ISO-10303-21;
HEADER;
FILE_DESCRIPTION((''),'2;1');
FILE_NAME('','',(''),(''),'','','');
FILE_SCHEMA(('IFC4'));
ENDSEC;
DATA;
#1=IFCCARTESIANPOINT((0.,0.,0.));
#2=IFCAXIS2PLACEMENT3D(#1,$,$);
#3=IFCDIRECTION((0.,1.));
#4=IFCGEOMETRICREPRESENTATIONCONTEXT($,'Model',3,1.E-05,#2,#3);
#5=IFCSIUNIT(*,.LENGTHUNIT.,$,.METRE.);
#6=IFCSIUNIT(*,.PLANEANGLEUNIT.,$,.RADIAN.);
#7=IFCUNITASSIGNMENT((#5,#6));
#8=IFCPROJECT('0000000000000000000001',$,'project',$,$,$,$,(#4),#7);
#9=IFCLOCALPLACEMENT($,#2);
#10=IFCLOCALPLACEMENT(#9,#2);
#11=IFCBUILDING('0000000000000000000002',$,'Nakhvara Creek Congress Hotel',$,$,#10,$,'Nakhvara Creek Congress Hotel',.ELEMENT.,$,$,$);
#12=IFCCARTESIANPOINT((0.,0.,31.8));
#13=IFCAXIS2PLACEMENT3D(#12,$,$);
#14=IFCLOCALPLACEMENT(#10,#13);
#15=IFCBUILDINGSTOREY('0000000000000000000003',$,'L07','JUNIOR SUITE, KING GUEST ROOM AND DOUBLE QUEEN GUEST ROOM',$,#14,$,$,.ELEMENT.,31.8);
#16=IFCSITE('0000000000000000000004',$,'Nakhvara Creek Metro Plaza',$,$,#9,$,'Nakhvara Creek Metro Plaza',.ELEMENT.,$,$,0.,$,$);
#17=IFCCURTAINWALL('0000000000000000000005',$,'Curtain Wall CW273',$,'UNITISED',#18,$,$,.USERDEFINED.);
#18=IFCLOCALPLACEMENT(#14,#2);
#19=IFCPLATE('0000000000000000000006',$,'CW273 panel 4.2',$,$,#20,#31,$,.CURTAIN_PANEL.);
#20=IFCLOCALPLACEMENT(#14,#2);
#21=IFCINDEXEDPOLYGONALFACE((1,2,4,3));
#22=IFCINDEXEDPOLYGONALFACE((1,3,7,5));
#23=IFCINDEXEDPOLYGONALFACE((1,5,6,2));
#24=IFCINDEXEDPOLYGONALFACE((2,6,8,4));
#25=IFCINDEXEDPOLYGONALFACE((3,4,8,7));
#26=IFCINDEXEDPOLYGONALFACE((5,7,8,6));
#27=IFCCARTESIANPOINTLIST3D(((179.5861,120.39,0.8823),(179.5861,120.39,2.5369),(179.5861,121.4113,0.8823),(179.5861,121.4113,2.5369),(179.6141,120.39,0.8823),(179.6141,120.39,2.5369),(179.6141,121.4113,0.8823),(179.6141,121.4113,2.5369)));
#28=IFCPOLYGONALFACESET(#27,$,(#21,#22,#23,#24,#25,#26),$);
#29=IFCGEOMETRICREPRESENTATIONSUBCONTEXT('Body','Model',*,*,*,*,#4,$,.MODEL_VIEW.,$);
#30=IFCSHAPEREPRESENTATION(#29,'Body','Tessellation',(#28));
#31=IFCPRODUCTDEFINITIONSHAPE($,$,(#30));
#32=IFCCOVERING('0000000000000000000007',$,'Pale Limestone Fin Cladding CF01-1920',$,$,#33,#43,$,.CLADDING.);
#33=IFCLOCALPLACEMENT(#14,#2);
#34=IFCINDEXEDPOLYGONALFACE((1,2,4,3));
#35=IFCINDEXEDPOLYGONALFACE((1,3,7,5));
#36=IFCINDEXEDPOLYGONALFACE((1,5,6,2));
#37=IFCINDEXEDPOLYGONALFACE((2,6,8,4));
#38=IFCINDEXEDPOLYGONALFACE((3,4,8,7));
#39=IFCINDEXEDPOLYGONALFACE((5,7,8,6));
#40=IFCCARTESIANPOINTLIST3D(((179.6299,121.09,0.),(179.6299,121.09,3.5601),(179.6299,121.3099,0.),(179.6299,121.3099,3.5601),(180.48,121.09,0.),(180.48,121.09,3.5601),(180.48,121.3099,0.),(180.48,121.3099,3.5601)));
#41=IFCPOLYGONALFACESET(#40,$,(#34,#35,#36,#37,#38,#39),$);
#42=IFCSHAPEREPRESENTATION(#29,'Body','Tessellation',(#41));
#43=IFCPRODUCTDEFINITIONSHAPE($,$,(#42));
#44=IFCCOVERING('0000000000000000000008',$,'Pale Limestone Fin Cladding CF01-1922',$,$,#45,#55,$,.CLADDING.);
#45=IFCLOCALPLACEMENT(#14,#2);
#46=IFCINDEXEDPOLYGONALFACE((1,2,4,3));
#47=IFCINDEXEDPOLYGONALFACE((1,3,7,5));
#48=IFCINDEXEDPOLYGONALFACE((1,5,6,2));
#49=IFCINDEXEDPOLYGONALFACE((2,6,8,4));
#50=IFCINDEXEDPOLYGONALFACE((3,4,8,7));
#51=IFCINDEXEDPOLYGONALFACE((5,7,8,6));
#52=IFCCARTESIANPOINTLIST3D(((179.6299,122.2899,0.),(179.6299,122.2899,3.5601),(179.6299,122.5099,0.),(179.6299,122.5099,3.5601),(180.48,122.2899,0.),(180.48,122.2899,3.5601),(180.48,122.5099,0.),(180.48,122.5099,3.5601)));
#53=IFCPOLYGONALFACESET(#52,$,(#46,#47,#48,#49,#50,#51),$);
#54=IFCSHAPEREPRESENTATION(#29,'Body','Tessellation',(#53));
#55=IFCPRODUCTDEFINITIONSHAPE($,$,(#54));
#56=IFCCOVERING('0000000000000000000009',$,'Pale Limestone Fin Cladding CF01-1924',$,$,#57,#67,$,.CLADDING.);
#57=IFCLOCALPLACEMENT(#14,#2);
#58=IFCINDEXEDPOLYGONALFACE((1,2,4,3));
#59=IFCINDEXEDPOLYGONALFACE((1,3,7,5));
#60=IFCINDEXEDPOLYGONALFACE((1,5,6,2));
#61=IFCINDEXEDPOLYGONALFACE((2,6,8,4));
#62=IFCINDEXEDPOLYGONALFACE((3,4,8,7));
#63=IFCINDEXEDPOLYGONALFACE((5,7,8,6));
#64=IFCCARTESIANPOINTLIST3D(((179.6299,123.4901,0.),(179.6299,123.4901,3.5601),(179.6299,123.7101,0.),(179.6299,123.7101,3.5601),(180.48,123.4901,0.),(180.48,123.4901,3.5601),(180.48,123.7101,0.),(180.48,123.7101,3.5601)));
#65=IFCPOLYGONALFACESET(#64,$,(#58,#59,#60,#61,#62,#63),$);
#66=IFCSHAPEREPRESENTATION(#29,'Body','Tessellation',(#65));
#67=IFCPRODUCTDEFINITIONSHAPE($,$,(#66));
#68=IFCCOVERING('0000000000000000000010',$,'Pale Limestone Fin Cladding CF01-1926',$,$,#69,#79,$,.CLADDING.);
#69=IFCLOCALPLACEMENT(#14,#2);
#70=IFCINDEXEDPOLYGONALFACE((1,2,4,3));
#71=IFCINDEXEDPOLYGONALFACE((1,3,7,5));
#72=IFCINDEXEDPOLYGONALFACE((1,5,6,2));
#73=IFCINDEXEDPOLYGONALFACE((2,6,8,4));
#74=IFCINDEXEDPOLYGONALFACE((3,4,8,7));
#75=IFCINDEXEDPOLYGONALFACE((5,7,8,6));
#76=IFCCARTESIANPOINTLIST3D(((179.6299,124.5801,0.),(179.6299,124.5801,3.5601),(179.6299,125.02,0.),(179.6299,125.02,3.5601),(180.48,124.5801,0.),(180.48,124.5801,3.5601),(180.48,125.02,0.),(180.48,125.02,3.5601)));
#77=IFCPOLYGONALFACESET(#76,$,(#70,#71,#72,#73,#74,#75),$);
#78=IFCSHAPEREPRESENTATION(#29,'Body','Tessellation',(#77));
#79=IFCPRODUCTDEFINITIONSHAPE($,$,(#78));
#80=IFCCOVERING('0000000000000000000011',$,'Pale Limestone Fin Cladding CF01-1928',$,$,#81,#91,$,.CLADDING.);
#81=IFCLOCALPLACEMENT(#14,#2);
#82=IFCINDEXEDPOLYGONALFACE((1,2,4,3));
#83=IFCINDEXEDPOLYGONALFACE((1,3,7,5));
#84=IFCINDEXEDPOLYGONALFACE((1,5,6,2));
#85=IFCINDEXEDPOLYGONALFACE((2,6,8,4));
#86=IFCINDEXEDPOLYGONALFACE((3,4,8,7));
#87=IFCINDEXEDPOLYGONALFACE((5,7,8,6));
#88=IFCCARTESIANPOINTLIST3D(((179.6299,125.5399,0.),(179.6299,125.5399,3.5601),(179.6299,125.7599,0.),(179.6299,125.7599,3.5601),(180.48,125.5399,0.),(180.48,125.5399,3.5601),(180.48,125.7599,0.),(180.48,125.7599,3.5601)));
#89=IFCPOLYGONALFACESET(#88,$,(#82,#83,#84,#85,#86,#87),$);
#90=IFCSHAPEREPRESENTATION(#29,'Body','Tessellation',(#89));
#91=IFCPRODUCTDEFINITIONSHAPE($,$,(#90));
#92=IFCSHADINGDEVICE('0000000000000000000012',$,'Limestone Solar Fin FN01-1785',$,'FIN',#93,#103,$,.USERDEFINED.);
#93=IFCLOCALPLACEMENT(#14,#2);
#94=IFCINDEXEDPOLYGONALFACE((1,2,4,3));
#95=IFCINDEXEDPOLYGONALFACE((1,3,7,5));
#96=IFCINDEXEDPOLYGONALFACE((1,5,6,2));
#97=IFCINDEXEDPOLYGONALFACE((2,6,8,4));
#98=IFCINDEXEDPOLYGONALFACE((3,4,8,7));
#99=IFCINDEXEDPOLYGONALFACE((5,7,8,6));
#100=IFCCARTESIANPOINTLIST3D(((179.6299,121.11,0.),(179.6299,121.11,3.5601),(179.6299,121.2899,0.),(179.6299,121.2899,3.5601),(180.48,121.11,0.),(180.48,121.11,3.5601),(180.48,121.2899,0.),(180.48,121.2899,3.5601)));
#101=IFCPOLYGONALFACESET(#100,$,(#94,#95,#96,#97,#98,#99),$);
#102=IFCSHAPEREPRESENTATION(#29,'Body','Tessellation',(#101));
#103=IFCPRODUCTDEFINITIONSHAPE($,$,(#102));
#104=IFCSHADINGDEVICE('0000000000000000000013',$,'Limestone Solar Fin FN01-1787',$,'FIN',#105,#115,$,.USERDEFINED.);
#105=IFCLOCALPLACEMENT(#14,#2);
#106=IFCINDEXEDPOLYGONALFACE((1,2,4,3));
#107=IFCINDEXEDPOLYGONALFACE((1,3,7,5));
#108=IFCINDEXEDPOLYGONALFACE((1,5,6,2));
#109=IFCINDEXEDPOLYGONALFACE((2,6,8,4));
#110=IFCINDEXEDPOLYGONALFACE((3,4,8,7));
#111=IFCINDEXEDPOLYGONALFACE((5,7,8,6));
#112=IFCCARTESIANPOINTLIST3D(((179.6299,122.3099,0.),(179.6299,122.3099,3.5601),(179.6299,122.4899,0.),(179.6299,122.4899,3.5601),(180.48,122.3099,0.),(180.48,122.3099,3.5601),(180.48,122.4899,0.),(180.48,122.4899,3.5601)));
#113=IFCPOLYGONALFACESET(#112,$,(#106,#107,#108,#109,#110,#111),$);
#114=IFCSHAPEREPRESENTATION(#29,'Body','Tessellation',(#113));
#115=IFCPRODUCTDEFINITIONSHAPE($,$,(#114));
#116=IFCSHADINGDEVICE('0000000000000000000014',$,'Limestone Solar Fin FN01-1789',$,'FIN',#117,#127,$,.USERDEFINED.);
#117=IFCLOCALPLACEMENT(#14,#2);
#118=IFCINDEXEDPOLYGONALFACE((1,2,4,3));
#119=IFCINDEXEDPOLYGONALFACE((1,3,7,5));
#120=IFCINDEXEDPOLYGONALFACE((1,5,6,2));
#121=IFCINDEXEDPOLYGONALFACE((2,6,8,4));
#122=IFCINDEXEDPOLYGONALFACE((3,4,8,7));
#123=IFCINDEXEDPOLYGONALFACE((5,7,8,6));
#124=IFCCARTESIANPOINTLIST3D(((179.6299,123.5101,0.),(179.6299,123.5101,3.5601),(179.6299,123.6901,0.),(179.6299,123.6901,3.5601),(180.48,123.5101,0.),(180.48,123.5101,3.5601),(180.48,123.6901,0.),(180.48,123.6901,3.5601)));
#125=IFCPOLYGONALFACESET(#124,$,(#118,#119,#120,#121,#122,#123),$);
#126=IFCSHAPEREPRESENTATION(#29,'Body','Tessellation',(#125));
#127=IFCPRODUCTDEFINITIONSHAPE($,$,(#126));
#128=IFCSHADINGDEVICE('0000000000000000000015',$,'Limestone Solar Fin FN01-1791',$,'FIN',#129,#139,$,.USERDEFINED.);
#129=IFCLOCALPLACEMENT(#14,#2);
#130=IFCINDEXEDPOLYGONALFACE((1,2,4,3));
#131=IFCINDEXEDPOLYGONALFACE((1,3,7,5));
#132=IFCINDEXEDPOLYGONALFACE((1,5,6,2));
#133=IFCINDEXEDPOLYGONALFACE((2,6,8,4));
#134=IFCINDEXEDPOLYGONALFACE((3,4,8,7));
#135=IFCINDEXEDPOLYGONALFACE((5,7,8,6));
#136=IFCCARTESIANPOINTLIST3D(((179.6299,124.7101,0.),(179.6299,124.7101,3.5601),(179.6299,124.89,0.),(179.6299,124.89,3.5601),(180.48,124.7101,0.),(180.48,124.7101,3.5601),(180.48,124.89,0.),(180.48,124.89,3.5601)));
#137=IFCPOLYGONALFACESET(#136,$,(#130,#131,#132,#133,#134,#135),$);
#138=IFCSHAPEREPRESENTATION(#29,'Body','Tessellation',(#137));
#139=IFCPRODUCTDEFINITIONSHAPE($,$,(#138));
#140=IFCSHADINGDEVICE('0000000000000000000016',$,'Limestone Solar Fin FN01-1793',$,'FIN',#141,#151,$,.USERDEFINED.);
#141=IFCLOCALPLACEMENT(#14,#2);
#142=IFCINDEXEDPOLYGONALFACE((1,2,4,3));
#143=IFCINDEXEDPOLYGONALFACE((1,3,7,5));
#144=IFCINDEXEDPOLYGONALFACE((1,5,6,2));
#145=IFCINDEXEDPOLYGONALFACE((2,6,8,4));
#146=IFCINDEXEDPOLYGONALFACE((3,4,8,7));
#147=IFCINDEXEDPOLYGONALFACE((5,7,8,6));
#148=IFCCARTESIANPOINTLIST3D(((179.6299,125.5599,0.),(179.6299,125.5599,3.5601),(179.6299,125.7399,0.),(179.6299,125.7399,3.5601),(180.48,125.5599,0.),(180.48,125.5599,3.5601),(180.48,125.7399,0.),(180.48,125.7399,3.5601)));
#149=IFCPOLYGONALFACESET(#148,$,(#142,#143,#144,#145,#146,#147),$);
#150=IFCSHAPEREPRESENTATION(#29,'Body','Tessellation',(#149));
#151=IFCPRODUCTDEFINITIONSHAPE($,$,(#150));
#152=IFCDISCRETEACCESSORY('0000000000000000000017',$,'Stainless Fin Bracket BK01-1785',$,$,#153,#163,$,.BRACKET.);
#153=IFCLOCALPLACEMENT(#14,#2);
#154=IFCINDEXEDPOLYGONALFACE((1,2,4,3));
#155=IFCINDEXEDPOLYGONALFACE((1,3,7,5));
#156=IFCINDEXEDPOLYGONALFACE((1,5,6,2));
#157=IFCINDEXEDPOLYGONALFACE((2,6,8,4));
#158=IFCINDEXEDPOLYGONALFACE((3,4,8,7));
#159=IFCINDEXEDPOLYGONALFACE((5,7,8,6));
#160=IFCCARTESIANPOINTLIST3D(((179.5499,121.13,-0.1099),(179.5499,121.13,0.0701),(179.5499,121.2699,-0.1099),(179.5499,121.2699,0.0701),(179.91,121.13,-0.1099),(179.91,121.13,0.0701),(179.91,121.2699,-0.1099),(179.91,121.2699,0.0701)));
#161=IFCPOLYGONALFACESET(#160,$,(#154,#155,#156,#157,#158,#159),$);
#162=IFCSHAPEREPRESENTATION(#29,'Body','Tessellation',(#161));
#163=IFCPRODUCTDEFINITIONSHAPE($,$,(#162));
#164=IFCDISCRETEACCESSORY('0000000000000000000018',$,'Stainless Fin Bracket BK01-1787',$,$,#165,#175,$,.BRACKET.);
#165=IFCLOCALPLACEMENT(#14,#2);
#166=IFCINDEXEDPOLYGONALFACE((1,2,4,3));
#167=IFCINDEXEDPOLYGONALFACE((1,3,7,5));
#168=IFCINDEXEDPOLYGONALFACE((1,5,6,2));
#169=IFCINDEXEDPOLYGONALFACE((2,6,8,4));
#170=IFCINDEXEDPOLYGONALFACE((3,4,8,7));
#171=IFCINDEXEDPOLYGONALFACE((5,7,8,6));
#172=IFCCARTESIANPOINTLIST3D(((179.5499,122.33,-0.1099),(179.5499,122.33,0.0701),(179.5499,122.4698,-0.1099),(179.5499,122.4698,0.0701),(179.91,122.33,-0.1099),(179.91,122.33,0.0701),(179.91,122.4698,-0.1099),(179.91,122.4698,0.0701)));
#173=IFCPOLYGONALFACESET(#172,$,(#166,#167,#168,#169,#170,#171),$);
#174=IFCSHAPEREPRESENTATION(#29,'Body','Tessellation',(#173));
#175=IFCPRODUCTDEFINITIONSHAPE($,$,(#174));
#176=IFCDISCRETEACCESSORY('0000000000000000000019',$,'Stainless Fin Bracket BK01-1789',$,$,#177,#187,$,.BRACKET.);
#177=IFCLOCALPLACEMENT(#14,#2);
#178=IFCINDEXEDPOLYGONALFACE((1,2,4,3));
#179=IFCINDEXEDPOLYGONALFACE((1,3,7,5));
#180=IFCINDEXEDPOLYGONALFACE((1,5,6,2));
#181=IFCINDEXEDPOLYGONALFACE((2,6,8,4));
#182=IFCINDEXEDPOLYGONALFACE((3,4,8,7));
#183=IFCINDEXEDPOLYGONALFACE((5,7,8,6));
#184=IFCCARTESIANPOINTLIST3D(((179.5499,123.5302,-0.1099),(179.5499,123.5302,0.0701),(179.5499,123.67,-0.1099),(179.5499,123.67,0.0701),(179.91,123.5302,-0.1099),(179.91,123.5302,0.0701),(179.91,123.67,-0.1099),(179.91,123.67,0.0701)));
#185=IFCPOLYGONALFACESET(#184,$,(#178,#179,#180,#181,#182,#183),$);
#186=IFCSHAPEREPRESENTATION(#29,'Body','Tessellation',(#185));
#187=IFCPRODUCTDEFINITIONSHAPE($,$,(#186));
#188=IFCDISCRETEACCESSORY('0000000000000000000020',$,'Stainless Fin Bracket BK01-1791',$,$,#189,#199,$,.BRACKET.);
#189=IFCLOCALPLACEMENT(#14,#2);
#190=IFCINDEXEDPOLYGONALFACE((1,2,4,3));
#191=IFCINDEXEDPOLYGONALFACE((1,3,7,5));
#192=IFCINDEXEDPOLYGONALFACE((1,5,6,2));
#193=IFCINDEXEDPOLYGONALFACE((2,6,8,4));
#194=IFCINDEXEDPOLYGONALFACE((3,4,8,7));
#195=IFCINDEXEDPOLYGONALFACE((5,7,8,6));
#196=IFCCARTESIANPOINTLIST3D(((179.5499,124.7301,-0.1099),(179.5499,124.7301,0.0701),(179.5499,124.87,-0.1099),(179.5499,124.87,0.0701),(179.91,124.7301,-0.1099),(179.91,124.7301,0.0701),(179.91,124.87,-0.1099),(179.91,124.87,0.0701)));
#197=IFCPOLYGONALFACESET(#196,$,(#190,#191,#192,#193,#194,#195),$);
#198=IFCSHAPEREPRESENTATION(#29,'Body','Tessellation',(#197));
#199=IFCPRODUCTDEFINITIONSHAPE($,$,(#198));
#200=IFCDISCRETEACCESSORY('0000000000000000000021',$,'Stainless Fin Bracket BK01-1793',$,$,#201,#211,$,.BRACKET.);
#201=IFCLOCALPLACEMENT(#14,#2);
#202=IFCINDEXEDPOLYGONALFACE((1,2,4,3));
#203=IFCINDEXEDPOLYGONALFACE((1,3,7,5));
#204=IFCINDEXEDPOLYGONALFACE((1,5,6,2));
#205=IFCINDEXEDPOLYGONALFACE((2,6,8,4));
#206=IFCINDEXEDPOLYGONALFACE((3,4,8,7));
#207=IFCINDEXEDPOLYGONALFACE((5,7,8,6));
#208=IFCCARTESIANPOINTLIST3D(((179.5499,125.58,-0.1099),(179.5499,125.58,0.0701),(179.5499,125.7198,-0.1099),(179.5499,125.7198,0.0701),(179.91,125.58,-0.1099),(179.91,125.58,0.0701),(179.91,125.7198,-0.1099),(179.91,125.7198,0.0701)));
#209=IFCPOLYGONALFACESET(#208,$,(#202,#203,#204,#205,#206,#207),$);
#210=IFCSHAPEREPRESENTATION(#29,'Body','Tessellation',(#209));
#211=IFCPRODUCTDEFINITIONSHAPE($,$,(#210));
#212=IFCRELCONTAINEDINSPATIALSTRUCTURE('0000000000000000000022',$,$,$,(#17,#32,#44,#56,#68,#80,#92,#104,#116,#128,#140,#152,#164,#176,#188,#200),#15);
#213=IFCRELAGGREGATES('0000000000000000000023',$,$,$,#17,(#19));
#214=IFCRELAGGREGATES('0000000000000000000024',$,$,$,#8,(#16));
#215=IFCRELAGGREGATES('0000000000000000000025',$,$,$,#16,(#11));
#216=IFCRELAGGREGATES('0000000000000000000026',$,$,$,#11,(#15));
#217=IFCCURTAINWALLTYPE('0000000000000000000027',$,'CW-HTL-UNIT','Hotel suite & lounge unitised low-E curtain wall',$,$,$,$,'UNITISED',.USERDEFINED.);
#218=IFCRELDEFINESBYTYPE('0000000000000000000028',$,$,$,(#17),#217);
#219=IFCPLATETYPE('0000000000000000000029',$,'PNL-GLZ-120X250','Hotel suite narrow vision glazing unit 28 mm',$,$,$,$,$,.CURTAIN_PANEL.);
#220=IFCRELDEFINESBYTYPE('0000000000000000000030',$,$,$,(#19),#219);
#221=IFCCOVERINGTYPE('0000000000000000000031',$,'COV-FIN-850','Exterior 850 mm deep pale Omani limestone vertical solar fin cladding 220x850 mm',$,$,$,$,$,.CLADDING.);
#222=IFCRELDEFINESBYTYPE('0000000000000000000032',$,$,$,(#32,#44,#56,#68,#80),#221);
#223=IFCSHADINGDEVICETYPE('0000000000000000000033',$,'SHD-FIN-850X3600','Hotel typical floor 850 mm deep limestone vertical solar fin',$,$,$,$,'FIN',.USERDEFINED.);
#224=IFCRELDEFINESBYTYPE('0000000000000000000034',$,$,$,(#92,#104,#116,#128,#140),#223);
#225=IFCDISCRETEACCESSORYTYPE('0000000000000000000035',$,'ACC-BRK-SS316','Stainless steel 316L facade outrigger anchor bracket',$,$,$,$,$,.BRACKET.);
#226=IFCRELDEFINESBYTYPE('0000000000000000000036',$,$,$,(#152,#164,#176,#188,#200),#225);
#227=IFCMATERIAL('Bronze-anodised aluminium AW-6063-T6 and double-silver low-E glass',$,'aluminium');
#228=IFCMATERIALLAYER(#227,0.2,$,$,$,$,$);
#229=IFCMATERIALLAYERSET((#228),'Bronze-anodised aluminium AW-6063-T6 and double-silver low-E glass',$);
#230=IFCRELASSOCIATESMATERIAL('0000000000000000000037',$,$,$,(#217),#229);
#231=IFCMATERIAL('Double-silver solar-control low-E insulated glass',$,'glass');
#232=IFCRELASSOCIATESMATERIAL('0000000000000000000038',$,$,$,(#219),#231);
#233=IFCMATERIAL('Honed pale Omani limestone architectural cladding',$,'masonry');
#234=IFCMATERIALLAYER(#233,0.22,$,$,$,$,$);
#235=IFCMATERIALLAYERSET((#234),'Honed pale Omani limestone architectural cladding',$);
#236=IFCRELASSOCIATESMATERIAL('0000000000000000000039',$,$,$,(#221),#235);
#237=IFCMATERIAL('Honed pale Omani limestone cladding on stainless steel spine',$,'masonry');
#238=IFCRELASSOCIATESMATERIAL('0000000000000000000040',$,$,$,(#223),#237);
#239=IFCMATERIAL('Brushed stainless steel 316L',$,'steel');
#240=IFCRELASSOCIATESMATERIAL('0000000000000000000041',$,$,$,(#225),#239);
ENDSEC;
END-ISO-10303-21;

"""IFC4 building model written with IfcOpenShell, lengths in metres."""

from ifc_helpers import new_model, si_unit, direction, frame, origin, origin_2d, place, context, subcontext, project, spatial, rectangle, extrude, material, layer, layer_set, type_object, element, aggregate, save


model = new_model("IFC4")

# Units and contexts
model_context = context("Model", 3, precision=1e-05, world=origin(), true_north=direction((0.0, 1.0)))
body_context = subcontext(model_context, "Body", "Model", "MODEL_VIEW")
ifc_project = project(units=[si_unit("LENGTHUNIT", "METRE"), si_unit("PLANEANGLEUNIT", "RADIAN")], contexts=[model_context])

# Site, building, storey
site_placement = place(None, origin())
site = spatial("IfcSite", under=ifc_project, at=site_placement, Name="Nakhvara Creek Metro Plaza", LongName="Nakhvara Creek Metro Plaza", CompositionType="ELEMENT", RefElevation=0.0)
building_placement = place(site_placement, origin())
building = spatial("IfcBuilding", under=site, at=building_placement, Name="Nakhvara Creek Congress Hotel", LongName="Nakhvara Creek Congress Hotel", CompositionType="ELEMENT")
storey_placement = place(building_placement, frame((0.0, 0.0, 31.8)))
storey = spatial("IfcBuildingStorey", under=building, at=storey_placement, Name="L07", Description="JUNIOR SUITE, KING GUEST ROOM AND DOUBLE QUEEN GUEST ROOM", CompositionType="ELEMENT", Elevation=31.8)

# Curtain wall, plate
ifc_material_1 = material(Name="Bronze-anodised aluminium AW-6063-T6 and double-silver low-E glass", Category="aluminium")
ifc_layer_1 = layer(ifc_material_1, 0.2)
ifc_layer_set_1 = layer_set([ifc_layer_1], Name="Bronze-anodised aluminium AW-6063-T6 and double-silver low-E glass")
curtain_wall_type = type_object("IfcCurtainWallType", Name="CW-HTL-UNIT", Description="Hotel suite & lounge unitised low-E curtain wall", ElementType="UNITISED", PredefinedType="USERDEFINED", material=ifc_layer_set_1)
curtain_wall_placement = place(storey_placement, origin())
curtain_wall = element("IfcCurtainWall", 1, at=curtain_wall_placement, inside=storey, type_object=curtain_wall_type, Name="Curtain Wall CW273", ObjectType="UNITISED", PredefinedType="USERDEFINED")
ifc_material_2 = material(Name="Double-silver solar-control low-E insulated glass", Category="glass")
plate_type = type_object("IfcPlateType", Name="PNL-GLZ-120X250", Description="Hotel suite narrow vision glazing unit 28 mm", PredefinedType="CURTAIN_PANEL", material=ifc_material_2)
plate_1_placement = place(storey_placement, frame((179.6001, 120.9006, 0.8823), z_axis=(0.0, 0.0, 1.0), x_axis=(0.0, -1.0, 0.0)))
plate_1 = element("IfcPlate", 2, at=plate_1_placement, type_object=plate_type, Name="CW273 panel 4.2", PredefinedType="CURTAIN_PANEL", context=body_context, shape_type="SweptSolid", body=[
    extrude(rectangle(XDim=1.0212, YDim=0.0281, at=origin_2d()), origin(), (0.0, 0.0, 1.0), 1.6545),
])
aggregate(curtain_wall, [plate_1])

# Coverings
ifc_material_3 = material(Name="Honed pale Omani limestone architectural cladding", Category="masonry")
ifc_layer_2 = layer(ifc_material_3, 0.22)
ifc_layer_set_2 = layer_set([ifc_layer_2], Name="Honed pale Omani limestone architectural cladding")
covering_type = type_object("IfcCoveringType", Name="COV-FIN-850", Description="Exterior 850 mm deep pale Omani limestone vertical solar fin cladding 220x850 mm", PredefinedType="CLADDING", material=ifc_layer_set_2)
for number, where, z_axis, x_axis, name in (
    (3, (180.0549, 121.2, 0.0), (0.0, 0.0, 1.0), (0.0, 1.0, 0.0), "Pale Limestone Fin Cladding CF01-1920"),
    (4, (180.0549, 122.3999, 0.0), (0.0, 0.0, 1.0), (0.0, 1.0, 0.0), "Pale Limestone Fin Cladding CF01-1922"),
    (5, (180.0549, 123.6001, 0.0), (0.0, 0.0, 1.0), (0.0, 1.0, 0.0), "Pale Limestone Fin Cladding CF01-1924"),
):
    element("IfcCovering", number, at=place(storey_placement, frame(where, z_axis=z_axis, x_axis=x_axis)), inside=storey, type_object=covering_type, Name=name, PredefinedType="CLADDING", context=body_context, shape_type="SweptSolid", body=[
        extrude(rectangle(XDim=0.22, YDim=0.8501, at=origin_2d()), origin(), (0.0, 0.0, 1.0), 3.5601),
    ])
covering_1_placement = place(storey_placement, frame((180.0549, 124.8, 0.0), z_axis=(0.0, 0.0, 1.0), x_axis=(0.0, 1.0, 0.0)))
element("IfcCovering", 6, at=covering_1_placement, inside=storey, type_object=covering_type, Name="Pale Limestone Fin Cladding CF01-1926", PredefinedType="CLADDING", context=body_context, shape_type="SweptSolid", body=[
    extrude(rectangle(XDim=0.4399, YDim=0.8501, at=origin_2d()), origin(), (0.0, 0.0, 1.0), 3.5601),
])
covering_2_placement = place(storey_placement, frame((180.0549, 125.6499, 0.0), z_axis=(0.0, 0.0, 1.0), x_axis=(0.0, 1.0, 0.0)))
element("IfcCovering", 7, at=covering_2_placement, inside=storey, type_object=covering_type, Name="Pale Limestone Fin Cladding CF01-1928", PredefinedType="CLADDING", context=body_context, shape_type="SweptSolid", body=[
    extrude(rectangle(XDim=0.22, YDim=0.8501, at=origin_2d()), origin(), (0.0, 0.0, 1.0), 3.5601),
])

# Shading devices
ifc_material_4 = material(Name="Honed pale Omani limestone cladding on stainless steel spine", Category="masonry")
shading_device_type = type_object("IfcShadingDeviceType", Name="SHD-FIN-850X3600", Description="Hotel typical floor 850 mm deep limestone vertical solar fin", ElementType="FIN", PredefinedType="USERDEFINED", material=ifc_material_4)
for number, where, z_axis, x_axis, name in (
    (8, (180.0549, 121.2, 0.0), (0.0, 0.0, 1.0), (0.0, 1.0, 0.0), "Limestone Solar Fin FN01-1785"),
    (9, (180.0549, 122.3999, 0.0), (0.0, 0.0, 1.0), (0.0, 1.0, 0.0), "Limestone Solar Fin FN01-1787"),
    (10, (180.0549, 123.6001, 0.0), (0.0, 0.0, 1.0), (0.0, 1.0, 0.0), "Limestone Solar Fin FN01-1789"),
    (11, (180.0549, 124.8, 0.0), (0.0, 0.0, 1.0), (0.0, 1.0, 0.0), "Limestone Solar Fin FN01-1791"),
    (12, (180.0549, 125.6499, 0.0), (0.0, 0.0, 1.0), (0.0, 1.0, 0.0), "Limestone Solar Fin FN01-1793"),
):
    element("IfcShadingDevice", number, at=place(storey_placement, frame(where, z_axis=z_axis, x_axis=x_axis)), inside=storey, type_object=shading_device_type, Name=name, ObjectType="FIN", PredefinedType="USERDEFINED", context=body_context, shape_type="SweptSolid", body=[
        extrude(rectangle(XDim=0.1799, YDim=0.8501, at=origin_2d()), origin(), (0.0, 0.0, 1.0), 3.5601),
    ])

# Discrete accessories
ifc_material_5 = material(Name="Brushed stainless steel 316L", Category="steel")
discrete_accessory_type = type_object("IfcDiscreteAccessoryType", Name="ACC-BRK-SS316", Description="Stainless steel 316L facade outrigger anchor bracket", PredefinedType="BRACKET", material=ifc_material_5)
for number, where, z_axis, x_axis, name in (
    (13, (179.73, 121.2, -0.1099), (0.0, 0.0, 1.0), (0.0, 1.0, 0.0), "Stainless Fin Bracket BK01-1785"),
    (14, (179.73, 122.3999, -0.1099), (0.0, 0.0, 1.0), (0.0, 1.0, 0.0), "Stainless Fin Bracket BK01-1787"),
    (15, (179.73, 123.6001, -0.1099), (0.0, 0.0, 1.0), (0.0, 1.0, 0.0), "Stainless Fin Bracket BK01-1789"),
    (16, (179.73, 124.8, -0.1099), (0.0, 0.0, 1.0), (0.0, 1.0, 0.0), "Stainless Fin Bracket BK01-1791"),
    (17, (179.73, 125.6499, -0.1099), (0.0, 0.0, 1.0), (0.0, 1.0, 0.0), "Stainless Fin Bracket BK01-1793"),
):
    element("IfcDiscreteAccessory", number, at=place(storey_placement, frame(where, z_axis=z_axis, x_axis=x_axis)), inside=storey, type_object=discrete_accessory_type, Name=name, PredefinedType="BRACKET", context=body_context, shape_type="SweptSolid", body=[
        extrude(rectangle(XDim=0.1399, YDim=0.3601, at=origin_2d()), origin(), (0.0, 0.0, 1.0), 0.1799),
    ])

save(model, "model.ifc")
